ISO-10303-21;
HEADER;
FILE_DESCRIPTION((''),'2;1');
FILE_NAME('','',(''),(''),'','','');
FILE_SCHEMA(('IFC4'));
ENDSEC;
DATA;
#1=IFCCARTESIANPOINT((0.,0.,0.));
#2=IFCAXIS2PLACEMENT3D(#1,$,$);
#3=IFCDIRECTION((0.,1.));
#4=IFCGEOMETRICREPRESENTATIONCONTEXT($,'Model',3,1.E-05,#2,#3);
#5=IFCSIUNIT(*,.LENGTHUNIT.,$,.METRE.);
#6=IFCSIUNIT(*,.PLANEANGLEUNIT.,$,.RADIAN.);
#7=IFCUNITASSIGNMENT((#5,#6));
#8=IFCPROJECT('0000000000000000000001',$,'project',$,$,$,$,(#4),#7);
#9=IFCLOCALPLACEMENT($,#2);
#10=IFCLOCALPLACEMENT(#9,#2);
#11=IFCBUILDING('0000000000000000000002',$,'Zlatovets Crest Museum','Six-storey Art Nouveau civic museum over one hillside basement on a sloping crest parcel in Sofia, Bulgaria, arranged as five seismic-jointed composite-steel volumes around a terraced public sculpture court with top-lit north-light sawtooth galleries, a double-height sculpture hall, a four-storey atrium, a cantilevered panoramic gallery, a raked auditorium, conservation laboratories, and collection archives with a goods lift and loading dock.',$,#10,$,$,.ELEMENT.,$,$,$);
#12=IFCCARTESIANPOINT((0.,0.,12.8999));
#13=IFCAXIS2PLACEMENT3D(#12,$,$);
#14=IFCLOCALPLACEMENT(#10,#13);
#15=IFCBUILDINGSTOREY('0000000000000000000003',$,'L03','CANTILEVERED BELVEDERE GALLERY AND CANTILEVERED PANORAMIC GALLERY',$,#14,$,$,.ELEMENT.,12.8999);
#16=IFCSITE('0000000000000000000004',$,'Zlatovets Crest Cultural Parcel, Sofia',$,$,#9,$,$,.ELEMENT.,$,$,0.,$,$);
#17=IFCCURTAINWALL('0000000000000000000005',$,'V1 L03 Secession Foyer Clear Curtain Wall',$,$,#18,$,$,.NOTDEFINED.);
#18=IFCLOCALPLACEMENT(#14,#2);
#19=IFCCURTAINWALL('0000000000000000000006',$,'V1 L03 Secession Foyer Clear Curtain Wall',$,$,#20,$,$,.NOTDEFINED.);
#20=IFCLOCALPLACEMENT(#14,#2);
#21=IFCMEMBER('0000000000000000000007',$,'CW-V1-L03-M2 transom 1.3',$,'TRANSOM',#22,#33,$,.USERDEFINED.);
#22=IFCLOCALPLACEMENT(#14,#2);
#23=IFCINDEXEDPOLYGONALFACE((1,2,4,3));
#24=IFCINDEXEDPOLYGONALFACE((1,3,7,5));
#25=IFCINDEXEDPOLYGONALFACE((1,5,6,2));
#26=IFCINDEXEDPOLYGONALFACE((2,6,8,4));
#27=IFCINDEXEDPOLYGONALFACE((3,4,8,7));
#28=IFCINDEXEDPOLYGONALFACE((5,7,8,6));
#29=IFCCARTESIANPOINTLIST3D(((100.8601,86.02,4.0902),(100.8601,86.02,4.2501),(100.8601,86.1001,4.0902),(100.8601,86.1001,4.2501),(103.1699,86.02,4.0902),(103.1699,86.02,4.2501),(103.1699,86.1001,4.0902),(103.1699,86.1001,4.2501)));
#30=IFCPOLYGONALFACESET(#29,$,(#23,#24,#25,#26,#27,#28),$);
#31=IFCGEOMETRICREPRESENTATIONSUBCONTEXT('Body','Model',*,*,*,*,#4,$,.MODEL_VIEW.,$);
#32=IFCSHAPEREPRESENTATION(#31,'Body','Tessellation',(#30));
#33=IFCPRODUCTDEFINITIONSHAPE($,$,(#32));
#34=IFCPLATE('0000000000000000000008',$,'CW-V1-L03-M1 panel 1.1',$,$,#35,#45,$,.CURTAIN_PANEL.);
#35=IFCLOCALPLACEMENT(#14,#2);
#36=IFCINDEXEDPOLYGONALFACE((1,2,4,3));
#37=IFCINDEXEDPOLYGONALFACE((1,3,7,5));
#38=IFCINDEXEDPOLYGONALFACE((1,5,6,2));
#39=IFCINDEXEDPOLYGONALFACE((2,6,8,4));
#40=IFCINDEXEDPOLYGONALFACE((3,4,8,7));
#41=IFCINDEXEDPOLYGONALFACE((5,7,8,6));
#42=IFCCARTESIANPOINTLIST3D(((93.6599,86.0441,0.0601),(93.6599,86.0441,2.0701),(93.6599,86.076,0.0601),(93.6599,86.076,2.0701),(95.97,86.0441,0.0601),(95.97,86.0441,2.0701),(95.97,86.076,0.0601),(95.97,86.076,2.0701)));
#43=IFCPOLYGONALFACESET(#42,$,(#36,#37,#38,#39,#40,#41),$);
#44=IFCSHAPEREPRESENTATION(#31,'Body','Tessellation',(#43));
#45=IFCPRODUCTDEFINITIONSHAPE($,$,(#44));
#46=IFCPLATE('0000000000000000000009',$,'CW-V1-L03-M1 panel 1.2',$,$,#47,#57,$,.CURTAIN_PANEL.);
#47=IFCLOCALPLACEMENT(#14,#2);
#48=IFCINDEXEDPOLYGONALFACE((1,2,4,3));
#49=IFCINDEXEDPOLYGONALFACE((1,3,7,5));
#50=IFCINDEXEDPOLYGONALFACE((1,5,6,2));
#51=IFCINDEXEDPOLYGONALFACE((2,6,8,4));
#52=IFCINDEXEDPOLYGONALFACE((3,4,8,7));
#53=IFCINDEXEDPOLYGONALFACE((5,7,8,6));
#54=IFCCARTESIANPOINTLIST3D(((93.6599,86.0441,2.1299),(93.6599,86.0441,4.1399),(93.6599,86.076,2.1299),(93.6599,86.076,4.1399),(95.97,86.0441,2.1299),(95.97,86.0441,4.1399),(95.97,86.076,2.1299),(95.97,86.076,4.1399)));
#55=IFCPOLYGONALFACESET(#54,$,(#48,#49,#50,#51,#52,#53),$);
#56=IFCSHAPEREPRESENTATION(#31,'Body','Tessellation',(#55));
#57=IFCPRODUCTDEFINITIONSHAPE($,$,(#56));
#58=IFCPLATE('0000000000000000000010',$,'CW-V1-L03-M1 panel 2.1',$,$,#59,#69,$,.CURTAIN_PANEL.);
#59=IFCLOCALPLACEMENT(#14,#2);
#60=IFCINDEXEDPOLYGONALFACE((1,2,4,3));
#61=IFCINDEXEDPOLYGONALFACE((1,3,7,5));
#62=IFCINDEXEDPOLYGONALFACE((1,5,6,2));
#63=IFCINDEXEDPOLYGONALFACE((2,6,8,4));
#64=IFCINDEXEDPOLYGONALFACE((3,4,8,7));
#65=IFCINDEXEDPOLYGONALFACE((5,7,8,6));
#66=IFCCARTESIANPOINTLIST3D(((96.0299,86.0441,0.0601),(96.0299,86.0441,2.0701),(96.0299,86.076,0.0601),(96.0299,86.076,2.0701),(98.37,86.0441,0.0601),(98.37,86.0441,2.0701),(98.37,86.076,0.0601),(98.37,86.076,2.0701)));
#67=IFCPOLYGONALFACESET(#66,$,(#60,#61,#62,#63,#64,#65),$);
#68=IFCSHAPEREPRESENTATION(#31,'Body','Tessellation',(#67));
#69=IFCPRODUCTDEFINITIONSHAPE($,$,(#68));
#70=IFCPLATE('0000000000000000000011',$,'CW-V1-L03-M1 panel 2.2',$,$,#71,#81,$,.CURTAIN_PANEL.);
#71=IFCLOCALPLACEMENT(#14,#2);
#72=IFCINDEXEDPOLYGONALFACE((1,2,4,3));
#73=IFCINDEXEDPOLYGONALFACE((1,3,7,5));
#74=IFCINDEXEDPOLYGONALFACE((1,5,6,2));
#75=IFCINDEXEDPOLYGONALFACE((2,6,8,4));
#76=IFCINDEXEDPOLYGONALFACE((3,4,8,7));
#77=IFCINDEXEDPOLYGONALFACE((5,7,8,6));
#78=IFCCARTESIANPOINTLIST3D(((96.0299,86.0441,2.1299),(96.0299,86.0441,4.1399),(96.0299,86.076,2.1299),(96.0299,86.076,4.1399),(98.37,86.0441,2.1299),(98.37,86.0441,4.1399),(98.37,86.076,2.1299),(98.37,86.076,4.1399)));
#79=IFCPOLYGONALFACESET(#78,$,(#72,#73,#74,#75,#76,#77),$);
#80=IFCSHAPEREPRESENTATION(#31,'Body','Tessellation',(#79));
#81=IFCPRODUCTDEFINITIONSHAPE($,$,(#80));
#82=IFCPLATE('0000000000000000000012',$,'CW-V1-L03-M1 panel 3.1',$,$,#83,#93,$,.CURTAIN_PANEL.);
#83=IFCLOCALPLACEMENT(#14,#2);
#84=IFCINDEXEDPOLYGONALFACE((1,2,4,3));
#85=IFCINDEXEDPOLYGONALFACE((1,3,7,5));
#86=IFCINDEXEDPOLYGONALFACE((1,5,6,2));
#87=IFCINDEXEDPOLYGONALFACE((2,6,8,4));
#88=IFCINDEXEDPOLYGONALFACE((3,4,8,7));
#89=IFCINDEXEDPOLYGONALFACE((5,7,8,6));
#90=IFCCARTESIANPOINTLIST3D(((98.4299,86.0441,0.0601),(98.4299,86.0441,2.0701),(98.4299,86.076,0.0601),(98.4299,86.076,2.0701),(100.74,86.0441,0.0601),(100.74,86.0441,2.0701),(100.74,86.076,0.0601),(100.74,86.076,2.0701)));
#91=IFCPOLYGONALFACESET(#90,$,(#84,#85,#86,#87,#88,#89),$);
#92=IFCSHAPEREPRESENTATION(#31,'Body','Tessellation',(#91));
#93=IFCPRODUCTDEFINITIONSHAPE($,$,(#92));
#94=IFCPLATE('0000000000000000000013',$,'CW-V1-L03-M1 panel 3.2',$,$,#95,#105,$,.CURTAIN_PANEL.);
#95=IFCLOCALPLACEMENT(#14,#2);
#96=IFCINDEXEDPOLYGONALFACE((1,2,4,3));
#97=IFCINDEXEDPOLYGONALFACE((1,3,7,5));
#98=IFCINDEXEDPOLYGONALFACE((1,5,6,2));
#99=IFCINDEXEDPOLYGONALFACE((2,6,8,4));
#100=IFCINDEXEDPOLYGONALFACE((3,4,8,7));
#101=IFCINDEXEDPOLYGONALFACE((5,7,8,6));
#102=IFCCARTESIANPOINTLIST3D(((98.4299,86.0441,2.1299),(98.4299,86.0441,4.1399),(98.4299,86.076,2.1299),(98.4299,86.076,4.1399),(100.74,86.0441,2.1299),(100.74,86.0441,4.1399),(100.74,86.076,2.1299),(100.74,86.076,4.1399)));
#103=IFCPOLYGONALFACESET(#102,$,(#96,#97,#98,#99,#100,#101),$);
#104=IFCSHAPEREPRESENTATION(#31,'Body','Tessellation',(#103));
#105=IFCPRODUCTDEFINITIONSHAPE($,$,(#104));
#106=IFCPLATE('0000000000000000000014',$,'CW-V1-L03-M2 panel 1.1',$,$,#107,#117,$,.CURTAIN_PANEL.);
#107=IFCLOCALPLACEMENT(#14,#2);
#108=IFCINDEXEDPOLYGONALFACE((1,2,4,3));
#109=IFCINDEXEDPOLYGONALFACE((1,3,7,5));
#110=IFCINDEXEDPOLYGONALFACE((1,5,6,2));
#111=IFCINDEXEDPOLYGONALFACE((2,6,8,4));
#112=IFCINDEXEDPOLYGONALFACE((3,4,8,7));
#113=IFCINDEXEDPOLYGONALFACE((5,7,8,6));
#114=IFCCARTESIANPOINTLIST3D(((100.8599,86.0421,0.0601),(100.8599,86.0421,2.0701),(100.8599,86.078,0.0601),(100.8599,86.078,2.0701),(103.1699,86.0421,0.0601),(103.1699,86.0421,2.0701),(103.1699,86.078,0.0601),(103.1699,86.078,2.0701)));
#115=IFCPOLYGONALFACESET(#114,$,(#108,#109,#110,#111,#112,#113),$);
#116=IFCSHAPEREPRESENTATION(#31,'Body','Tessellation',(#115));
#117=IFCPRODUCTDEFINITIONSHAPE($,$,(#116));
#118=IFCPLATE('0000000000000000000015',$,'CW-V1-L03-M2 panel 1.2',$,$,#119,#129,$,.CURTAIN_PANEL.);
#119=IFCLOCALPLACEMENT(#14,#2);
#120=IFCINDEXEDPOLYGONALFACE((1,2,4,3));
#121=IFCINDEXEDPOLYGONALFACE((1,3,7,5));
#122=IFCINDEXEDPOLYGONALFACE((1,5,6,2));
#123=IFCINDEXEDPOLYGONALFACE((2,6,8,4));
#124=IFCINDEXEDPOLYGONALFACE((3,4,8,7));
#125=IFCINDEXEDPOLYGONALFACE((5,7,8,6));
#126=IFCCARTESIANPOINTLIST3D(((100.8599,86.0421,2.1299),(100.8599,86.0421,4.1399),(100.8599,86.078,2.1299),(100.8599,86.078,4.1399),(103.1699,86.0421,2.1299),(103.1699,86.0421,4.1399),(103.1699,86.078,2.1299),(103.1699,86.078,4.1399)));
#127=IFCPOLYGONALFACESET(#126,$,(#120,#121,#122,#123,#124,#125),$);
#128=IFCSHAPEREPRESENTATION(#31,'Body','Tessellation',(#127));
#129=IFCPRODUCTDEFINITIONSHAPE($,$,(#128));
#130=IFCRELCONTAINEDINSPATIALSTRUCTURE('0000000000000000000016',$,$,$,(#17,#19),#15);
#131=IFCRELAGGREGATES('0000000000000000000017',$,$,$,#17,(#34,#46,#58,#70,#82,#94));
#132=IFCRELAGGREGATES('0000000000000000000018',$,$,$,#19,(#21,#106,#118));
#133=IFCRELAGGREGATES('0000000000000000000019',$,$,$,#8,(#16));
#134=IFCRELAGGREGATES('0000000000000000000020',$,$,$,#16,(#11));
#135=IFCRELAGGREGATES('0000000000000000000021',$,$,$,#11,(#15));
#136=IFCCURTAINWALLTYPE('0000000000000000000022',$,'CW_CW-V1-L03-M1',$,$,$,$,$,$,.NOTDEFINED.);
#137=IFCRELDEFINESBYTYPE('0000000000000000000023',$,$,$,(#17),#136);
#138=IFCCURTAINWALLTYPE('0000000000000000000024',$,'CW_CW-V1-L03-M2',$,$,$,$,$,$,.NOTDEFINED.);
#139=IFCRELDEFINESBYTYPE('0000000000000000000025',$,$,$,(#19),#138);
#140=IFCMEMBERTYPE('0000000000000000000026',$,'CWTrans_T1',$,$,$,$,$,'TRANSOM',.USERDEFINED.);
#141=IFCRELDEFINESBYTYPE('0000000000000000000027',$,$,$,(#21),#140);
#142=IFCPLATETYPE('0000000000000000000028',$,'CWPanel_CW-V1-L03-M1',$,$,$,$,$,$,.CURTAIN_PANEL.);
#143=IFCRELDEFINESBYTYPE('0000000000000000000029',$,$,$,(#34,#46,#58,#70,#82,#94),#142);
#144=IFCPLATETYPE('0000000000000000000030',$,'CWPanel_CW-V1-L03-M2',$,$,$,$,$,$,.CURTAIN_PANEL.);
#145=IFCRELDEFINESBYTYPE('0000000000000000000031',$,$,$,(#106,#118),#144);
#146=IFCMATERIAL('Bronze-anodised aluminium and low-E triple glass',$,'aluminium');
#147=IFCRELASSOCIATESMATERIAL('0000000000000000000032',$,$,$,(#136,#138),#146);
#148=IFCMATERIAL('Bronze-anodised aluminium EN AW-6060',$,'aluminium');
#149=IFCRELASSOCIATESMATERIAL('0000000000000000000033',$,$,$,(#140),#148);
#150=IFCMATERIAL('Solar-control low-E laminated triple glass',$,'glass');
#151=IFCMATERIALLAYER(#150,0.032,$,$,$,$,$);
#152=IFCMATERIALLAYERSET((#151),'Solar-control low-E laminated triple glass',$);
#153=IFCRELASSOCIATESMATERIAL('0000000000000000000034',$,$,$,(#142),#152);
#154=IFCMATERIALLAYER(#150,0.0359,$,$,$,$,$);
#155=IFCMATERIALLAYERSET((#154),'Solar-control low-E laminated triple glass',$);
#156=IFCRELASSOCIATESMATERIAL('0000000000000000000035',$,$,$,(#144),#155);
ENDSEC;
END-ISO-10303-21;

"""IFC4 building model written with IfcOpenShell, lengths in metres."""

from ifc_helpers import new_model, si_unit, direction, frame, origin, origin_2d, place, context, subcontext, project, spatial, rectangle, extrude, material, layer, layer_set, material_profile, profile_set, type_object, element, aggregate, save


model = new_model("IFC4")

# Units and contexts
model_context = context("Model", 3, precision=1e-05, world=origin(), true_north=direction((0.0, 1.0)))
body_context = subcontext(model_context, "Body", "Model", "MODEL_VIEW")
ifc_project = project(units=[si_unit("LENGTHUNIT", "METRE"), si_unit("PLANEANGLEUNIT", "RADIAN")], contexts=[model_context])

# Site, building, storey
site_placement = place(None, origin())
site = spatial("IfcSite", under=ifc_project, at=site_placement, Name="Zlatovets Crest Cultural Parcel, Sofia", CompositionType="ELEMENT", RefElevation=0.0)
building_placement = place(site_placement, origin())
building = spatial("IfcBuilding", under=site, at=building_placement, Name="Zlatovets Crest Museum", Description="Six-storey Art Nouveau civic museum over one hillside basement on a sloping crest parcel in Sofia, Bulgaria, arranged as five seismic-jointed composite-steel volumes around a terraced public sculpture court with top-lit north-light sawtooth galleries, a double-height sculpture hall, a four-storey atrium, a cantilevered panoramic gallery, a raked auditorium, conservation laboratories, and collection archives with a goods lift and loading dock.", CompositionType="ELEMENT")
storey_placement = place(building_placement, frame((0.0, 0.0, 12.8999)))
storey = spatial("IfcBuildingStorey", under=building, at=storey_placement, Name="L03", Description="CANTILEVERED BELVEDERE GALLERY AND CANTILEVERED PANORAMIC GALLERY", CompositionType="ELEMENT", Elevation=12.8999)

# Curtain walls
ifc_material_1 = material(Name="Bronze-anodised aluminium and low-E triple glass", Category="aluminium")
curtain_wall_type_1 = type_object("IfcCurtainWallType", Name="CW_CW-V1-L03-M1", PredefinedType="NOTDEFINED", material=ifc_material_1)
curtain_wall_1_placement = place(storey_placement, origin())
curtain_wall_1 = element("IfcCurtainWall", 1, at=curtain_wall_1_placement, inside=storey, type_object=curtain_wall_type_1, Name="V1 L03 Secession Foyer Clear Curtain Wall", PredefinedType="NOTDEFINED")
ifc_material_2 = material(Name="Bronze-anodised aluminium EN AW-6060", Category="aluminium")
curtain_wall_type_2 = type_object("IfcCurtainWallType", Name="CW_CW-V1-L03-M2", PredefinedType="NOTDEFINED", material=ifc_material_1)
curtain_wall_2_placement = place(storey_placement, origin())
curtain_wall_2 = element("IfcCurtainWall", 2, at=curtain_wall_2_placement, inside=storey, type_object=curtain_wall_type_2, Name="V1 L03 Secession Foyer Clear Curtain Wall", PredefinedType="NOTDEFINED")

# Member
ifc_material_profile_1 = material_profile(ifc_material_2, rectangle(XDim=0.0801, YDim=0.1599, at=origin_2d()), Name="ALU 80x160")
ifc_profile_set_1 = profile_set([ifc_material_profile_1], Name="Bronze-anodised aluminium EN AW-6060")
member_type_1 = type_object("IfcMemberType", Name="CWTrans_T1", ElementType="TRANSOM", PredefinedType="USERDEFINED", material=ifc_profile_set_1)
member_1_placement = place(storey_placement, frame((100.8601, 86.0601, 4.1702), z_axis=(1.0, 0.0, 0.0), x_axis=(0.0, 1.0, 0.0)))
member_1 = element("IfcMember", 3, at=member_1_placement, type_object=member_type_1, Name="CW-V1-L03-M2 transom 1.3", ObjectType="TRANSOM", PredefinedType="USERDEFINED", context=body_context, shape_type="SweptSolid", body=[
    extrude(rectangle(XDim=0.0801, YDim=0.1599, at=origin_2d()), origin(), (0.0, 0.0, 1.0), 2.3098),
])

# Plates
ifc_material_3 = material(Name="Solar-control low-E laminated triple glass", Category="glass")
ifc_layer_1 = layer(ifc_material_3, 0.032)
ifc_layer_set_1 = layer_set([ifc_layer_1], Name="Solar-control low-E laminated triple glass")
plate_type_1 = type_object("IfcPlateType", Name="CWPanel_CW-V1-L03-M1", PredefinedType="CURTAIN_PANEL", material=ifc_layer_set_1)
plate_1_placement = place(storey_placement, frame((94.8149, 86.0601, 0.0601), z_axis=(0.0, 0.0, 1.0), x_axis=(1.0, 0.0, 0.0)))
plate_1 = element("IfcPlate", 4, at=plate_1_placement, type_object=plate_type_1, Name="CW-V1-L03-M1 panel 1.1", PredefinedType="CURTAIN_PANEL", context=body_context, shape_type="SweptSolid", body=[
    extrude(rectangle(XDim=2.3101, YDim=0.032, at=origin_2d()), origin(), (0.0, 0.0, 1.0), 2.01),
])
plate_2_placement = place(storey_placement, frame((94.8149, 86.0601, 2.1299), z_axis=(0.0, 0.0, 1.0), x_axis=(1.0, 0.0, 0.0)))
plate_2 = element("IfcPlate", 5, at=plate_2_placement, type_object=plate_type_1, Name="CW-V1-L03-M1 panel 1.2", PredefinedType="CURTAIN_PANEL", context=body_context, shape_type="SweptSolid", body=[
    extrude(rectangle(XDim=2.3101, YDim=0.032, at=origin_2d()), origin(), (0.0, 0.0, 1.0), 2.01),
])
plate_3_placement = place(storey_placement, frame((97.2, 86.0601, 0.0601), z_axis=(0.0, 0.0, 1.0), x_axis=(1.0, 0.0, 0.0)))
plate_3 = element("IfcPlate", 6, at=plate_3_placement, type_object=plate_type_1, Name="CW-V1-L03-M1 panel 2.1", PredefinedType="CURTAIN_PANEL", context=body_context, shape_type="SweptSolid", body=[
    extrude(rectangle(XDim=2.3401, YDim=0.032, at=origin_2d()), origin(), (0.0, 0.0, 1.0), 2.01),
])
plate_4_placement = place(storey_placement, frame((97.2, 86.0601, 2.1299), z_axis=(0.0, 0.0, 1.0), x_axis=(1.0, 0.0, 0.0)))
plate_4 = element("IfcPlate", 7, at=plate_4_placement, type_object=plate_type_1, Name="CW-V1-L03-M1 panel 2.2", PredefinedType="CURTAIN_PANEL", context=body_context, shape_type="SweptSolid", body=[
    extrude(rectangle(XDim=2.3401, YDim=0.032, at=origin_2d()), origin(), (0.0, 0.0, 1.0), 2.01),
])
plate_5_placement = place(storey_placement, frame((99.585, 86.0601, 0.0601), z_axis=(0.0, 0.0, 1.0), x_axis=(1.0, 0.0, 0.0)))
plate_5 = element("IfcPlate", 8, at=plate_5_placement, type_object=plate_type_1, Name="CW-V1-L03-M1 panel 3.1", PredefinedType="CURTAIN_PANEL", context=body_context, shape_type="SweptSolid", body=[
    extrude(rectangle(XDim=2.3101, YDim=0.032, at=origin_2d()), origin(), (0.0, 0.0, 1.0), 2.01),
])
plate_6_placement = place(storey_placement, frame((99.585, 86.0601, 2.1299), z_axis=(0.0, 0.0, 1.0), x_axis=(1.0, 0.0, 0.0)))
plate_6 = element("IfcPlate", 9, at=plate_6_placement, type_object=plate_type_1, Name="CW-V1-L03-M1 panel 3.2", PredefinedType="CURTAIN_PANEL", context=body_context, shape_type="SweptSolid", body=[
    extrude(rectangle(XDim=2.3101, YDim=0.032, at=origin_2d()), origin(), (0.0, 0.0, 1.0), 2.01),
])
aggregate(curtain_wall_1, [plate_1, plate_2, plate_3, plate_4, plate_5, plate_6])
ifc_layer_2 = layer(ifc_material_3, 0.0359)
ifc_layer_set_2 = layer_set([ifc_layer_2], Name="Solar-control low-E laminated triple glass")
plate_type_2 = type_object("IfcPlateType", Name="CWPanel_CW-V1-L03-M2", PredefinedType="CURTAIN_PANEL", material=ifc_layer_set_2)
plate_7_placement = place(storey_placement, frame((102.0149, 86.0601, 0.0601), z_axis=(0.0, 0.0, 1.0), x_axis=(1.0, 0.0, 0.0)))
plate_7 = element("IfcPlate", 10, at=plate_7_placement, type_object=plate_type_2, Name="CW-V1-L03-M2 panel 1.1", PredefinedType="CURTAIN_PANEL", context=body_context, shape_type="SweptSolid", body=[
    extrude(rectangle(XDim=2.3101, YDim=0.0359, at=origin_2d()), origin(), (0.0, 0.0, 1.0), 2.01),
])
plate_8_placement = place(storey_placement, frame((102.0149, 86.0601, 2.1299), z_axis=(0.0, 0.0, 1.0), x_axis=(1.0, 0.0, 0.0)))
plate_8 = element("IfcPlate", 11, at=plate_8_placement, type_object=plate_type_2, Name="CW-V1-L03-M2 panel 1.2", PredefinedType="CURTAIN_PANEL", context=body_context, shape_type="SweptSolid", body=[
    extrude(rectangle(XDim=2.3101, YDim=0.0359, at=origin_2d()), origin(), (0.0, 0.0, 1.0), 2.01),
])
aggregate(curtain_wall_2, [member_1, plate_7, plate_8])

save(model, "model.ifc")
